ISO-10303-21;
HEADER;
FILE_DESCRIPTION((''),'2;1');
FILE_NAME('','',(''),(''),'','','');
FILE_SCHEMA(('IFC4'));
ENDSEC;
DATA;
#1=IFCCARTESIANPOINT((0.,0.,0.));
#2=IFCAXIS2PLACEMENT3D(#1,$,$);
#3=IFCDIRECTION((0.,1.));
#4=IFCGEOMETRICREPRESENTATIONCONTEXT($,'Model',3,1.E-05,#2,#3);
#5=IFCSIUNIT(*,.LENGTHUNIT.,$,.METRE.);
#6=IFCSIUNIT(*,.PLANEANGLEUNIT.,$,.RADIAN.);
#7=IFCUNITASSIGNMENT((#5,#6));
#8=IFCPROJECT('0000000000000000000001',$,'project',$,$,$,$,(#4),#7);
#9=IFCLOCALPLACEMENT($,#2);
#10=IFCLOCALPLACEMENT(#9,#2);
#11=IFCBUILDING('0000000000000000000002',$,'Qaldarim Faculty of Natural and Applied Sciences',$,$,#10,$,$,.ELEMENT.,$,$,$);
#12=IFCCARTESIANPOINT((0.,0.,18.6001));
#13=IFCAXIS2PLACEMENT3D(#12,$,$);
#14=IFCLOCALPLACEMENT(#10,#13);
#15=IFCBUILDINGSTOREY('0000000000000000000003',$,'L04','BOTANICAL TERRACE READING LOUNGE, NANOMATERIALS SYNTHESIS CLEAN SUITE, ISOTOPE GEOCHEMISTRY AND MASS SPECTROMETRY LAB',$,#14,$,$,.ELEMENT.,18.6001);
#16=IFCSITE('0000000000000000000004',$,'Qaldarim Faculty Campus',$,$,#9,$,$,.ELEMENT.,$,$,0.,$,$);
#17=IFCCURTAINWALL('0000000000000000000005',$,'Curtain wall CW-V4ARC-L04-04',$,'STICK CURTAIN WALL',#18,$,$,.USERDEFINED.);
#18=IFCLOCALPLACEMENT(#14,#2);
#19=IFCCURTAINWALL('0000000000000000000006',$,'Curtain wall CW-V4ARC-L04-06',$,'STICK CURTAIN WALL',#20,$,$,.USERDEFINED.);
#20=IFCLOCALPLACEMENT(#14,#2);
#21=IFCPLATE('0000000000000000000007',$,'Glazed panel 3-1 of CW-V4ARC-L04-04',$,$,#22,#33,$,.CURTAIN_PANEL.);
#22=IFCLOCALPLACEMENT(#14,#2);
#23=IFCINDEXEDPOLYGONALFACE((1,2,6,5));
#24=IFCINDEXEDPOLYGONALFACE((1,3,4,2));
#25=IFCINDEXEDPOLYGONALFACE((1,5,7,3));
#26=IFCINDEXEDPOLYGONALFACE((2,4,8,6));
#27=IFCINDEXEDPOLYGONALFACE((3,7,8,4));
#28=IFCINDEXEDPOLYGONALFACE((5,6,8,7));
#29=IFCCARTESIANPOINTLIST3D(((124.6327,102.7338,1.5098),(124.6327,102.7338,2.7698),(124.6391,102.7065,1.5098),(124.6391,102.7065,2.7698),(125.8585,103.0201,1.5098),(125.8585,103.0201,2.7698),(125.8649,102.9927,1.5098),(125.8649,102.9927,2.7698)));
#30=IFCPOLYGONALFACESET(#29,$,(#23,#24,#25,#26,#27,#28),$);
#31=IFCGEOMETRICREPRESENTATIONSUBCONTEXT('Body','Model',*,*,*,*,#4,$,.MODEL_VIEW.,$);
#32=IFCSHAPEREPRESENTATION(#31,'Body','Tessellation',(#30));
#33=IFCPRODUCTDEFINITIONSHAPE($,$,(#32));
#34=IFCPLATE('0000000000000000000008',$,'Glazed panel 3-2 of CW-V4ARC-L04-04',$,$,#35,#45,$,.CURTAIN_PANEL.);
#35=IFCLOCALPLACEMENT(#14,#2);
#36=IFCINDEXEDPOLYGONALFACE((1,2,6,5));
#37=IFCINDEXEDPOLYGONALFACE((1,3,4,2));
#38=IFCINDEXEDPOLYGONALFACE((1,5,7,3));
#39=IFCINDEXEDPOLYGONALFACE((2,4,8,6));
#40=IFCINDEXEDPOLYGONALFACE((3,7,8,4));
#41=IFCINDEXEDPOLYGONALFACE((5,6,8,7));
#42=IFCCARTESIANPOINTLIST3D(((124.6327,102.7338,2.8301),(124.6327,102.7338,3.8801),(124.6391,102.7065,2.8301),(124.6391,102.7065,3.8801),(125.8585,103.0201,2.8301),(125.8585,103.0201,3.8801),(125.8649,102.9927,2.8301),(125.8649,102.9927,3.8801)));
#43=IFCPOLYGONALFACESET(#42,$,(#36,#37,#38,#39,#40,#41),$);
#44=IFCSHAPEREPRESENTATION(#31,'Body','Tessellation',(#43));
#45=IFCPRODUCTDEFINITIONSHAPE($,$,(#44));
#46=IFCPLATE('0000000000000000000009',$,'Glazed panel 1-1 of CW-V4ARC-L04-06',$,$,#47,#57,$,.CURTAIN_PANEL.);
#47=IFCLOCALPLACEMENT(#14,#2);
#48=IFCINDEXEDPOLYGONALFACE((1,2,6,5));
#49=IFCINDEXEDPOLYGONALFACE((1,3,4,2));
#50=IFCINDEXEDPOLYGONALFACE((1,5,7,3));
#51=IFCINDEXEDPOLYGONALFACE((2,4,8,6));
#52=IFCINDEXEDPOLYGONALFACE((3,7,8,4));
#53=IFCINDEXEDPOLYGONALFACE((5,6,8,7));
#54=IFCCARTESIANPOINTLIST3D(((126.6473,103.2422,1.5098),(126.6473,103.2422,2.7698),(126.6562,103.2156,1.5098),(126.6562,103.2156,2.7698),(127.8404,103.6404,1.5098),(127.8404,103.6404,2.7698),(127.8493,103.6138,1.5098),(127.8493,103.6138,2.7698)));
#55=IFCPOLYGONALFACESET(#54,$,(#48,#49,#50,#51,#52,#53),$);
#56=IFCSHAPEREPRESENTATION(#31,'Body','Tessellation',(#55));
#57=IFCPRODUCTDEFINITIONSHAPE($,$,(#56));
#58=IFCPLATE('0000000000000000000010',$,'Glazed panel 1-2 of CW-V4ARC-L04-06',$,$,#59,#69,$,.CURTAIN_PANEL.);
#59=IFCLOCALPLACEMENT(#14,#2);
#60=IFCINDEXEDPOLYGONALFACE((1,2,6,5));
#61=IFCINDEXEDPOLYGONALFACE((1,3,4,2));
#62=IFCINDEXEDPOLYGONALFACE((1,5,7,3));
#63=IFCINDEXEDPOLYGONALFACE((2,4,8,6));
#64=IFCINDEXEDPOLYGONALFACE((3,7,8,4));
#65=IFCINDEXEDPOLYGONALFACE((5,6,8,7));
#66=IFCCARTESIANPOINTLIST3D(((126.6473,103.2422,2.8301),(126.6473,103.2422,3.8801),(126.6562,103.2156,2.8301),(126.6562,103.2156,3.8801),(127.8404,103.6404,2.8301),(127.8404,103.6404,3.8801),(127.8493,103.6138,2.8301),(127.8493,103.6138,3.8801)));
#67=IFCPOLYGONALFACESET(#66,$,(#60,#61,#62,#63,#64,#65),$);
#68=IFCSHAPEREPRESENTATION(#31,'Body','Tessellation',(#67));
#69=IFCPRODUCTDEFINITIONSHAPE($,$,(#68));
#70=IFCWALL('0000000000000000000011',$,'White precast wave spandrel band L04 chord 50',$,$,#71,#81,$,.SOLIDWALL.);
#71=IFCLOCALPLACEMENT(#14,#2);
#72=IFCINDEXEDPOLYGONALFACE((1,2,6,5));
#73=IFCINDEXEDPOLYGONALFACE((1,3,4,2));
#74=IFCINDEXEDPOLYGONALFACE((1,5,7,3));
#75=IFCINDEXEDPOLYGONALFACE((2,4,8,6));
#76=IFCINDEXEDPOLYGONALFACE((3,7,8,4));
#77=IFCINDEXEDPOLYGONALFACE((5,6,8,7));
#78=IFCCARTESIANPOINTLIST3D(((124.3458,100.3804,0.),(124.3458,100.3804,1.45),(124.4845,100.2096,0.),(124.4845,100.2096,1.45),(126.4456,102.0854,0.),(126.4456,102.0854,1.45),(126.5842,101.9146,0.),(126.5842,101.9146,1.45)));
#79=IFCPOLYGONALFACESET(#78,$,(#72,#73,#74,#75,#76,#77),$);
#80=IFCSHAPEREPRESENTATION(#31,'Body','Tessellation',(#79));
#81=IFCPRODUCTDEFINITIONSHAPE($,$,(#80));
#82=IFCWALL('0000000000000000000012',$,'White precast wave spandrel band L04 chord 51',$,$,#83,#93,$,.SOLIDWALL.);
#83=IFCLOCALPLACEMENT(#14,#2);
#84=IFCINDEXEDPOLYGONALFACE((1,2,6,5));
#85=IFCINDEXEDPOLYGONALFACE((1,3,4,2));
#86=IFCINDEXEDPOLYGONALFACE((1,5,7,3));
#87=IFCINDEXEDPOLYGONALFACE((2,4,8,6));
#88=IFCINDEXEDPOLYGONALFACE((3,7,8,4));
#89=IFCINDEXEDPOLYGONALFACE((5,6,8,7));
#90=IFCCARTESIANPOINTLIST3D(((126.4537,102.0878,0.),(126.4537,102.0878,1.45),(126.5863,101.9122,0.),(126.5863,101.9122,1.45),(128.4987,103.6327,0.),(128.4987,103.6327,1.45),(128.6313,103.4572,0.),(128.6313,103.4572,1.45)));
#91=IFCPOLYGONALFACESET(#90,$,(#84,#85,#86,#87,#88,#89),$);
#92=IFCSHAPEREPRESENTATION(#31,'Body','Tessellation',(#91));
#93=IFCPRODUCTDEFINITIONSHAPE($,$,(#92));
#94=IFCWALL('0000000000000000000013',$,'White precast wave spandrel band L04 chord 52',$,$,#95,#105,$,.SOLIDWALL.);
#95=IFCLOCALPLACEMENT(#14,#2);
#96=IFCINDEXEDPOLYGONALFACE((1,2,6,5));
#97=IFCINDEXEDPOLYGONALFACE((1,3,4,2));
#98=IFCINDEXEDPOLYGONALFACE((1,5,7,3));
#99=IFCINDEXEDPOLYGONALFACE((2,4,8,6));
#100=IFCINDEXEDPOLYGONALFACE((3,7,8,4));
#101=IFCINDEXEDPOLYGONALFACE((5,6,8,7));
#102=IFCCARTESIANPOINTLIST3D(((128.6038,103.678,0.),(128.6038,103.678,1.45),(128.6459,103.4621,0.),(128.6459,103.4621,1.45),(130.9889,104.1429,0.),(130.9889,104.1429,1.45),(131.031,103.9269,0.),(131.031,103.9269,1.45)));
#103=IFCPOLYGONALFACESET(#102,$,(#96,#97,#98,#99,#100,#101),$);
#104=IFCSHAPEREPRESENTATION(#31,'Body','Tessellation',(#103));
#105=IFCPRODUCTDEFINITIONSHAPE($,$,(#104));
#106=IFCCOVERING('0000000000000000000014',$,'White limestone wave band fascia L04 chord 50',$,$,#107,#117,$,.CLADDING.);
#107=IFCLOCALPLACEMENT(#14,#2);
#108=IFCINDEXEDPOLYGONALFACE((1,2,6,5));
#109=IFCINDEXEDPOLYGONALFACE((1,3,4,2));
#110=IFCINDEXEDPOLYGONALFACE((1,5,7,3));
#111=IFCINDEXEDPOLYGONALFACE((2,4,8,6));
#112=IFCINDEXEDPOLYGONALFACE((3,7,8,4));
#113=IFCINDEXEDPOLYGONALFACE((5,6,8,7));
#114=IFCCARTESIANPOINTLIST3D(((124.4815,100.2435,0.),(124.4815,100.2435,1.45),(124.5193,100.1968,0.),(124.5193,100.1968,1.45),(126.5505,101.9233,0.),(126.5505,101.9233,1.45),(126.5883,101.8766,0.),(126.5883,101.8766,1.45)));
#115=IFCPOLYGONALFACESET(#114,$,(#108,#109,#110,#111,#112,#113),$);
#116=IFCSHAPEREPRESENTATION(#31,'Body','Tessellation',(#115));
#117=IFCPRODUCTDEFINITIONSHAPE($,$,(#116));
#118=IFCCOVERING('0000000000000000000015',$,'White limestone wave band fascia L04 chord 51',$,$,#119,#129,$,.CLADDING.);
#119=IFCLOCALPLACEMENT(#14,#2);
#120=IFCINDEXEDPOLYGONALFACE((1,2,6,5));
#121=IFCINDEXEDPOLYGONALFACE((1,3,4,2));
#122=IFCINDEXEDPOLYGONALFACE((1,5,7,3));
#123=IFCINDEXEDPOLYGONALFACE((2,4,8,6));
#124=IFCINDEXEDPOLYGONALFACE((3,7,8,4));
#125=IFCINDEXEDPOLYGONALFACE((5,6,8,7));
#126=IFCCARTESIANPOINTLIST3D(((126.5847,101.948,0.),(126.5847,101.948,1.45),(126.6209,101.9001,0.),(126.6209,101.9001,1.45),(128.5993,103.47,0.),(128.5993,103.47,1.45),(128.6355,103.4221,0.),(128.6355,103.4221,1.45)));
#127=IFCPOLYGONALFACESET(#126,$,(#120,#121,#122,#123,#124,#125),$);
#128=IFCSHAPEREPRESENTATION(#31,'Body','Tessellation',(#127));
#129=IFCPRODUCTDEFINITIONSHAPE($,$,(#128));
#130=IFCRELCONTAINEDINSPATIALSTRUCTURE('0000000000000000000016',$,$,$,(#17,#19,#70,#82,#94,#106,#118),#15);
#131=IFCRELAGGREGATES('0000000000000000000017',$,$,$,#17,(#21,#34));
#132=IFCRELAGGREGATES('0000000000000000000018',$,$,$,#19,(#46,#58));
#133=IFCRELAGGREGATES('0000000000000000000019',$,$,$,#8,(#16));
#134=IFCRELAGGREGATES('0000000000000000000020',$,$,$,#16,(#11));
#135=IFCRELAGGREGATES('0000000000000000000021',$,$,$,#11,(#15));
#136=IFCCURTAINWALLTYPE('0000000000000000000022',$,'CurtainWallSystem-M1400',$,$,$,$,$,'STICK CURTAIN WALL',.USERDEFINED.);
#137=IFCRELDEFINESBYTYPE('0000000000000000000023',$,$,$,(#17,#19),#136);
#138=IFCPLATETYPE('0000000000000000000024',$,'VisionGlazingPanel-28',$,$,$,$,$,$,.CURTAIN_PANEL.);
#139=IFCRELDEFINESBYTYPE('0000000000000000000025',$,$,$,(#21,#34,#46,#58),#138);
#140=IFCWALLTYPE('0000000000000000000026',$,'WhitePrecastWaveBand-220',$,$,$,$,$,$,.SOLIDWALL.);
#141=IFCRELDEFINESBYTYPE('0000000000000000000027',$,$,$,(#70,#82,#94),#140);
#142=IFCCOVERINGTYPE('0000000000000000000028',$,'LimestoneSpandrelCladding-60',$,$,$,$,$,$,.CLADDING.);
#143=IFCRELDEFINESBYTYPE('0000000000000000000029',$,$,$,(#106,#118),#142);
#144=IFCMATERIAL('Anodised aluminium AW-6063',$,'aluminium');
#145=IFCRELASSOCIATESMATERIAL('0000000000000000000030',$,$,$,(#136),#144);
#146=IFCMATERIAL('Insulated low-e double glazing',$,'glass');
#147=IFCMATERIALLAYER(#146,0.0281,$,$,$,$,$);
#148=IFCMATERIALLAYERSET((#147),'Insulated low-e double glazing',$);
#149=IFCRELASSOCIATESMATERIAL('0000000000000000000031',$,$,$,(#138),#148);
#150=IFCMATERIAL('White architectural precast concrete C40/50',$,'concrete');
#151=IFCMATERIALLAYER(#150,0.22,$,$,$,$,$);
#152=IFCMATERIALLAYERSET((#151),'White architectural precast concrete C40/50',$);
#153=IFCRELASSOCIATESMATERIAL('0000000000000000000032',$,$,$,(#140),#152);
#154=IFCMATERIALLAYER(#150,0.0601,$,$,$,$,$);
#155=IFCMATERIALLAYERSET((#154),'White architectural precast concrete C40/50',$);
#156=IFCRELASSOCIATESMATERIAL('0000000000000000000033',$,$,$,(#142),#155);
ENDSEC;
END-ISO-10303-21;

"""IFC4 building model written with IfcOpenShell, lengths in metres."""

from ifc_helpers import new_model, si_unit, direction, frame, frame_2d, origin, origin_2d, place, context, subcontext, project, spatial, rectangle, extrude, material, layer, layer_set, type_object, element, aggregate, save


model = new_model("IFC4")

# Units and contexts
model_context = context("Model", 3, precision=1e-05, world=origin(), true_north=direction((0.0, 1.0)))
body_context = subcontext(model_context, "Body", "Model", "MODEL_VIEW")
ifc_project = project(units=[si_unit("LENGTHUNIT", "METRE"), si_unit("PLANEANGLEUNIT", "RADIAN")], contexts=[model_context])

# Site, building, storey
site_placement = place(None, origin())
site = spatial("IfcSite", under=ifc_project, at=site_placement, Name="Qaldarim Faculty Campus", CompositionType="ELEMENT", RefElevation=0.0)
building_placement = place(site_placement, origin())
building = spatial("IfcBuilding", under=site, at=building_placement, Name="Qaldarim Faculty of Natural and Applied Sciences", CompositionType="ELEMENT")
storey_placement = place(building_placement, frame((0.0, 0.0, 18.6001)))
storey = spatial("IfcBuildingStorey", under=building, at=storey_placement, Name="L04", Description="BOTANICAL TERRACE READING LOUNGE, NANOMATERIALS SYNTHESIS CLEAN SUITE, ISOTOPE GEOCHEMISTRY AND MASS SPECTROMETRY LAB", CompositionType="ELEMENT", Elevation=18.6001)

# Curtain walls
ifc_material_1 = material(Name="Anodised aluminium AW-6063", Category="aluminium")
curtain_wall_type = type_object("IfcCurtainWallType", Name="CurtainWallSystem-M1400", ElementType="STICK CURTAIN WALL", PredefinedType="USERDEFINED", material=ifc_material_1)
curtain_wall_1_placement = place(storey_placement, origin())
curtain_wall_1 = element("IfcCurtainWall", 1, at=curtain_wall_1_placement, inside=storey, type_object=curtain_wall_type, Name="Curtain wall CW-V4ARC-L04-04", ObjectType="STICK CURTAIN WALL", PredefinedType="USERDEFINED")
curtain_wall_2_placement = place(storey_placement, origin())
curtain_wall_2 = element("IfcCurtainWall", 2, at=curtain_wall_2_placement, inside=storey, type_object=curtain_wall_type, Name="Curtain wall CW-V4ARC-L04-06", ObjectType="STICK CURTAIN WALL", PredefinedType="USERDEFINED")

# Plates
ifc_material_2 = material(Name="Insulated low-e double glazing", Category="glass")
ifc_layer_1 = layer(ifc_material_2, 0.0281)
ifc_layer_set_1 = layer_set([ifc_layer_1], Name="Insulated low-e double glazing")
plate_type = type_object("IfcPlateType", Name="VisionGlazingPanel-28", PredefinedType="CURTAIN_PANEL", material=ifc_layer_set_1)
plate_1_placement = place(storey_placement, frame((125.2488, 102.8633, 1.5098), z_axis=(0.0, 0.0, 1.0), x_axis=(0.973806, 0.227382, 0.0)))
plate_1 = element("IfcPlate", 3, at=plate_1_placement, type_object=plate_type, Name="Glazed panel 3-1 of CW-V4ARC-L04-04", PredefinedType="CURTAIN_PANEL", context=body_context, shape_type="SweptSolid", body=[
    extrude(rectangle(XDim=1.2588, YDim=0.0281, at=origin_2d()), origin(), (0.0, 0.0, 1.0), 1.26),
])
plate_2_placement = place(storey_placement, frame((125.2488, 102.8633, 2.8301), z_axis=(0.0, 0.0, 1.0), x_axis=(0.973806, 0.227382, 0.0)))
plate_2 = element("IfcPlate", 4, at=plate_2_placement, type_object=plate_type, Name="Glazed panel 3-2 of CW-V4ARC-L04-04", PredefinedType="CURTAIN_PANEL", context=body_context, shape_type="SweptSolid", body=[
    extrude(rectangle(XDim=1.2588, YDim=0.0281, at=origin_2d()), origin(), (0.0, 0.0, 1.0), 1.05),
])
aggregate(curtain_wall_1, [plate_1, plate_2])
plate_3_placement = place(storey_placement, frame((127.2483, 103.428, 1.5098), z_axis=(0.0, 0.0, 1.0), x_axis=(0.948562, 0.316593, 0.0)))
plate_3 = element("IfcPlate", 5, at=plate_3_placement, type_object=plate_type, Name="Glazed panel 1-1 of CW-V4ARC-L04-06", PredefinedType="CURTAIN_PANEL", context=body_context, shape_type="SweptSolid", body=[
    extrude(rectangle(XDim=1.2578, YDim=0.0281, at=origin_2d()), origin(), (0.0, 0.0, 1.0), 1.26),
])
plate_4_placement = place(storey_placement, frame((127.2483, 103.428, 2.8301), z_axis=(0.0, 0.0, 1.0), x_axis=(0.948562, 0.316593, 0.0)))
plate_4 = element("IfcPlate", 6, at=plate_4_placement, type_object=plate_type, Name="Glazed panel 1-2 of CW-V4ARC-L04-06", PredefinedType="CURTAIN_PANEL", context=body_context, shape_type="SweptSolid", body=[
    extrude(rectangle(XDim=1.2578, YDim=0.0281, at=origin_2d()), origin(), (0.0, 0.0, 1.0), 1.05),
])
aggregate(curtain_wall_2, [plate_3, plate_4])

# Walls
ifc_material_3 = material(Name="White architectural precast concrete C40/50", Category="concrete")
ifc_layer_2 = layer(ifc_material_3, 0.22)
ifc_layer_set_2 = layer_set([ifc_layer_2], Name="White architectural precast concrete C40/50")
wall_type = type_object("IfcWallType", Name="WhitePrecastWaveBand-220", PredefinedType="SOLIDWALL", material=ifc_layer_set_2)
wall_1_placement = place(storey_placement, frame((124.415, 100.2949, 0.0), z_axis=(0.0, 0.0, 1.0), x_axis=(0.776304, 0.630358, 0.0)))
element("IfcWall", 7, at=wall_1_placement, inside=storey, type_object=wall_type, Name="White precast wave spandrel band L04 chord 50", PredefinedType="SOLIDWALL", context=body_context, shape_type="SweptSolid", body=[
    extrude(rectangle(XDim=2.7048, YDim=0.22, at=frame_2d((1.3525, 0.0))), origin(), (0.0, 0.0, 1.0), 1.45),
])
wall_2_placement = place(storey_placement, frame((126.52, 102.0, 0.0), z_axis=(0.0, 0.0, 1.0), x_axis=(0.797892, 0.602801, 0.0)))
element("IfcWall", 8, at=wall_2_placement, inside=storey, type_object=wall_type, Name="White precast wave spandrel band L04 chord 51", PredefinedType="SOLIDWALL", context=body_context, shape_type="SweptSolid", body=[
    extrude(rectangle(XDim=2.563, YDim=0.22, at=frame_2d((1.2815, 0.0))), origin(), (0.0, 0.0, 1.0), 1.45),
])
wall_3_placement = place(storey_placement, frame((128.625, 103.5701, 0.0), z_axis=(0.0, 0.0, 1.0), x_axis=(0.981531, 0.191303, 0.0)))
element("IfcWall", 9, at=wall_3_placement, inside=storey, type_object=wall_type, Name="White precast wave spandrel band L04 chord 52", PredefinedType="SOLIDWALL", context=body_context, shape_type="SweptSolid", body=[
    extrude(rectangle(XDim=2.4299, YDim=0.22, at=frame_2d((1.2148, 0.0))), origin(), (0.0, 0.0, 1.0), 1.45),
])

# Coverings
ifc_layer_3 = layer(ifc_material_3, 0.0601)
ifc_layer_set_3 = layer_set([ifc_layer_3], Name="White architectural precast concrete C40/50")
covering_type = type_object("IfcCoveringType", Name="LimestoneSpandrelCladding-60", PredefinedType="CLADDING", material=ifc_layer_set_3)
covering_1_placement = place(storey_placement, frame((125.5349, 101.0601, 0.0), z_axis=(0.0, 0.0, 1.0), x_axis=(0.776344, 0.63031, 0.0)))
element("IfcCovering", 10, at=covering_1_placement, inside=storey, type_object=covering_type, Name="White limestone wave band fascia L04 chord 50", PredefinedType="CLADDING", context=body_context, shape_type="SweptSolid", body=[
    extrude(rectangle(XDim=2.665, YDim=0.0601, at=origin_2d()), origin(), (0.0, 0.0, 1.0), 1.45),
])
covering_2_placement = place(storey_placement, frame((127.6101, 102.6851, 0.0), z_axis=(0.0, 0.0, 1.0), x_axis=(0.797889, 0.602804, 0.0)))
element("IfcCovering", 11, at=covering_2_placement, inside=storey, type_object=covering_type, Name="White limestone wave band fascia L04 chord 51", PredefinedType="CLADDING", context=body_context, shape_type="SweptSolid", body=[
    extrude(rectangle(XDim=2.5249, YDim=0.0601, at=origin_2d()), origin(), (0.0, 0.0, 1.0), 1.45),
])

save(model, "model.ifc")
